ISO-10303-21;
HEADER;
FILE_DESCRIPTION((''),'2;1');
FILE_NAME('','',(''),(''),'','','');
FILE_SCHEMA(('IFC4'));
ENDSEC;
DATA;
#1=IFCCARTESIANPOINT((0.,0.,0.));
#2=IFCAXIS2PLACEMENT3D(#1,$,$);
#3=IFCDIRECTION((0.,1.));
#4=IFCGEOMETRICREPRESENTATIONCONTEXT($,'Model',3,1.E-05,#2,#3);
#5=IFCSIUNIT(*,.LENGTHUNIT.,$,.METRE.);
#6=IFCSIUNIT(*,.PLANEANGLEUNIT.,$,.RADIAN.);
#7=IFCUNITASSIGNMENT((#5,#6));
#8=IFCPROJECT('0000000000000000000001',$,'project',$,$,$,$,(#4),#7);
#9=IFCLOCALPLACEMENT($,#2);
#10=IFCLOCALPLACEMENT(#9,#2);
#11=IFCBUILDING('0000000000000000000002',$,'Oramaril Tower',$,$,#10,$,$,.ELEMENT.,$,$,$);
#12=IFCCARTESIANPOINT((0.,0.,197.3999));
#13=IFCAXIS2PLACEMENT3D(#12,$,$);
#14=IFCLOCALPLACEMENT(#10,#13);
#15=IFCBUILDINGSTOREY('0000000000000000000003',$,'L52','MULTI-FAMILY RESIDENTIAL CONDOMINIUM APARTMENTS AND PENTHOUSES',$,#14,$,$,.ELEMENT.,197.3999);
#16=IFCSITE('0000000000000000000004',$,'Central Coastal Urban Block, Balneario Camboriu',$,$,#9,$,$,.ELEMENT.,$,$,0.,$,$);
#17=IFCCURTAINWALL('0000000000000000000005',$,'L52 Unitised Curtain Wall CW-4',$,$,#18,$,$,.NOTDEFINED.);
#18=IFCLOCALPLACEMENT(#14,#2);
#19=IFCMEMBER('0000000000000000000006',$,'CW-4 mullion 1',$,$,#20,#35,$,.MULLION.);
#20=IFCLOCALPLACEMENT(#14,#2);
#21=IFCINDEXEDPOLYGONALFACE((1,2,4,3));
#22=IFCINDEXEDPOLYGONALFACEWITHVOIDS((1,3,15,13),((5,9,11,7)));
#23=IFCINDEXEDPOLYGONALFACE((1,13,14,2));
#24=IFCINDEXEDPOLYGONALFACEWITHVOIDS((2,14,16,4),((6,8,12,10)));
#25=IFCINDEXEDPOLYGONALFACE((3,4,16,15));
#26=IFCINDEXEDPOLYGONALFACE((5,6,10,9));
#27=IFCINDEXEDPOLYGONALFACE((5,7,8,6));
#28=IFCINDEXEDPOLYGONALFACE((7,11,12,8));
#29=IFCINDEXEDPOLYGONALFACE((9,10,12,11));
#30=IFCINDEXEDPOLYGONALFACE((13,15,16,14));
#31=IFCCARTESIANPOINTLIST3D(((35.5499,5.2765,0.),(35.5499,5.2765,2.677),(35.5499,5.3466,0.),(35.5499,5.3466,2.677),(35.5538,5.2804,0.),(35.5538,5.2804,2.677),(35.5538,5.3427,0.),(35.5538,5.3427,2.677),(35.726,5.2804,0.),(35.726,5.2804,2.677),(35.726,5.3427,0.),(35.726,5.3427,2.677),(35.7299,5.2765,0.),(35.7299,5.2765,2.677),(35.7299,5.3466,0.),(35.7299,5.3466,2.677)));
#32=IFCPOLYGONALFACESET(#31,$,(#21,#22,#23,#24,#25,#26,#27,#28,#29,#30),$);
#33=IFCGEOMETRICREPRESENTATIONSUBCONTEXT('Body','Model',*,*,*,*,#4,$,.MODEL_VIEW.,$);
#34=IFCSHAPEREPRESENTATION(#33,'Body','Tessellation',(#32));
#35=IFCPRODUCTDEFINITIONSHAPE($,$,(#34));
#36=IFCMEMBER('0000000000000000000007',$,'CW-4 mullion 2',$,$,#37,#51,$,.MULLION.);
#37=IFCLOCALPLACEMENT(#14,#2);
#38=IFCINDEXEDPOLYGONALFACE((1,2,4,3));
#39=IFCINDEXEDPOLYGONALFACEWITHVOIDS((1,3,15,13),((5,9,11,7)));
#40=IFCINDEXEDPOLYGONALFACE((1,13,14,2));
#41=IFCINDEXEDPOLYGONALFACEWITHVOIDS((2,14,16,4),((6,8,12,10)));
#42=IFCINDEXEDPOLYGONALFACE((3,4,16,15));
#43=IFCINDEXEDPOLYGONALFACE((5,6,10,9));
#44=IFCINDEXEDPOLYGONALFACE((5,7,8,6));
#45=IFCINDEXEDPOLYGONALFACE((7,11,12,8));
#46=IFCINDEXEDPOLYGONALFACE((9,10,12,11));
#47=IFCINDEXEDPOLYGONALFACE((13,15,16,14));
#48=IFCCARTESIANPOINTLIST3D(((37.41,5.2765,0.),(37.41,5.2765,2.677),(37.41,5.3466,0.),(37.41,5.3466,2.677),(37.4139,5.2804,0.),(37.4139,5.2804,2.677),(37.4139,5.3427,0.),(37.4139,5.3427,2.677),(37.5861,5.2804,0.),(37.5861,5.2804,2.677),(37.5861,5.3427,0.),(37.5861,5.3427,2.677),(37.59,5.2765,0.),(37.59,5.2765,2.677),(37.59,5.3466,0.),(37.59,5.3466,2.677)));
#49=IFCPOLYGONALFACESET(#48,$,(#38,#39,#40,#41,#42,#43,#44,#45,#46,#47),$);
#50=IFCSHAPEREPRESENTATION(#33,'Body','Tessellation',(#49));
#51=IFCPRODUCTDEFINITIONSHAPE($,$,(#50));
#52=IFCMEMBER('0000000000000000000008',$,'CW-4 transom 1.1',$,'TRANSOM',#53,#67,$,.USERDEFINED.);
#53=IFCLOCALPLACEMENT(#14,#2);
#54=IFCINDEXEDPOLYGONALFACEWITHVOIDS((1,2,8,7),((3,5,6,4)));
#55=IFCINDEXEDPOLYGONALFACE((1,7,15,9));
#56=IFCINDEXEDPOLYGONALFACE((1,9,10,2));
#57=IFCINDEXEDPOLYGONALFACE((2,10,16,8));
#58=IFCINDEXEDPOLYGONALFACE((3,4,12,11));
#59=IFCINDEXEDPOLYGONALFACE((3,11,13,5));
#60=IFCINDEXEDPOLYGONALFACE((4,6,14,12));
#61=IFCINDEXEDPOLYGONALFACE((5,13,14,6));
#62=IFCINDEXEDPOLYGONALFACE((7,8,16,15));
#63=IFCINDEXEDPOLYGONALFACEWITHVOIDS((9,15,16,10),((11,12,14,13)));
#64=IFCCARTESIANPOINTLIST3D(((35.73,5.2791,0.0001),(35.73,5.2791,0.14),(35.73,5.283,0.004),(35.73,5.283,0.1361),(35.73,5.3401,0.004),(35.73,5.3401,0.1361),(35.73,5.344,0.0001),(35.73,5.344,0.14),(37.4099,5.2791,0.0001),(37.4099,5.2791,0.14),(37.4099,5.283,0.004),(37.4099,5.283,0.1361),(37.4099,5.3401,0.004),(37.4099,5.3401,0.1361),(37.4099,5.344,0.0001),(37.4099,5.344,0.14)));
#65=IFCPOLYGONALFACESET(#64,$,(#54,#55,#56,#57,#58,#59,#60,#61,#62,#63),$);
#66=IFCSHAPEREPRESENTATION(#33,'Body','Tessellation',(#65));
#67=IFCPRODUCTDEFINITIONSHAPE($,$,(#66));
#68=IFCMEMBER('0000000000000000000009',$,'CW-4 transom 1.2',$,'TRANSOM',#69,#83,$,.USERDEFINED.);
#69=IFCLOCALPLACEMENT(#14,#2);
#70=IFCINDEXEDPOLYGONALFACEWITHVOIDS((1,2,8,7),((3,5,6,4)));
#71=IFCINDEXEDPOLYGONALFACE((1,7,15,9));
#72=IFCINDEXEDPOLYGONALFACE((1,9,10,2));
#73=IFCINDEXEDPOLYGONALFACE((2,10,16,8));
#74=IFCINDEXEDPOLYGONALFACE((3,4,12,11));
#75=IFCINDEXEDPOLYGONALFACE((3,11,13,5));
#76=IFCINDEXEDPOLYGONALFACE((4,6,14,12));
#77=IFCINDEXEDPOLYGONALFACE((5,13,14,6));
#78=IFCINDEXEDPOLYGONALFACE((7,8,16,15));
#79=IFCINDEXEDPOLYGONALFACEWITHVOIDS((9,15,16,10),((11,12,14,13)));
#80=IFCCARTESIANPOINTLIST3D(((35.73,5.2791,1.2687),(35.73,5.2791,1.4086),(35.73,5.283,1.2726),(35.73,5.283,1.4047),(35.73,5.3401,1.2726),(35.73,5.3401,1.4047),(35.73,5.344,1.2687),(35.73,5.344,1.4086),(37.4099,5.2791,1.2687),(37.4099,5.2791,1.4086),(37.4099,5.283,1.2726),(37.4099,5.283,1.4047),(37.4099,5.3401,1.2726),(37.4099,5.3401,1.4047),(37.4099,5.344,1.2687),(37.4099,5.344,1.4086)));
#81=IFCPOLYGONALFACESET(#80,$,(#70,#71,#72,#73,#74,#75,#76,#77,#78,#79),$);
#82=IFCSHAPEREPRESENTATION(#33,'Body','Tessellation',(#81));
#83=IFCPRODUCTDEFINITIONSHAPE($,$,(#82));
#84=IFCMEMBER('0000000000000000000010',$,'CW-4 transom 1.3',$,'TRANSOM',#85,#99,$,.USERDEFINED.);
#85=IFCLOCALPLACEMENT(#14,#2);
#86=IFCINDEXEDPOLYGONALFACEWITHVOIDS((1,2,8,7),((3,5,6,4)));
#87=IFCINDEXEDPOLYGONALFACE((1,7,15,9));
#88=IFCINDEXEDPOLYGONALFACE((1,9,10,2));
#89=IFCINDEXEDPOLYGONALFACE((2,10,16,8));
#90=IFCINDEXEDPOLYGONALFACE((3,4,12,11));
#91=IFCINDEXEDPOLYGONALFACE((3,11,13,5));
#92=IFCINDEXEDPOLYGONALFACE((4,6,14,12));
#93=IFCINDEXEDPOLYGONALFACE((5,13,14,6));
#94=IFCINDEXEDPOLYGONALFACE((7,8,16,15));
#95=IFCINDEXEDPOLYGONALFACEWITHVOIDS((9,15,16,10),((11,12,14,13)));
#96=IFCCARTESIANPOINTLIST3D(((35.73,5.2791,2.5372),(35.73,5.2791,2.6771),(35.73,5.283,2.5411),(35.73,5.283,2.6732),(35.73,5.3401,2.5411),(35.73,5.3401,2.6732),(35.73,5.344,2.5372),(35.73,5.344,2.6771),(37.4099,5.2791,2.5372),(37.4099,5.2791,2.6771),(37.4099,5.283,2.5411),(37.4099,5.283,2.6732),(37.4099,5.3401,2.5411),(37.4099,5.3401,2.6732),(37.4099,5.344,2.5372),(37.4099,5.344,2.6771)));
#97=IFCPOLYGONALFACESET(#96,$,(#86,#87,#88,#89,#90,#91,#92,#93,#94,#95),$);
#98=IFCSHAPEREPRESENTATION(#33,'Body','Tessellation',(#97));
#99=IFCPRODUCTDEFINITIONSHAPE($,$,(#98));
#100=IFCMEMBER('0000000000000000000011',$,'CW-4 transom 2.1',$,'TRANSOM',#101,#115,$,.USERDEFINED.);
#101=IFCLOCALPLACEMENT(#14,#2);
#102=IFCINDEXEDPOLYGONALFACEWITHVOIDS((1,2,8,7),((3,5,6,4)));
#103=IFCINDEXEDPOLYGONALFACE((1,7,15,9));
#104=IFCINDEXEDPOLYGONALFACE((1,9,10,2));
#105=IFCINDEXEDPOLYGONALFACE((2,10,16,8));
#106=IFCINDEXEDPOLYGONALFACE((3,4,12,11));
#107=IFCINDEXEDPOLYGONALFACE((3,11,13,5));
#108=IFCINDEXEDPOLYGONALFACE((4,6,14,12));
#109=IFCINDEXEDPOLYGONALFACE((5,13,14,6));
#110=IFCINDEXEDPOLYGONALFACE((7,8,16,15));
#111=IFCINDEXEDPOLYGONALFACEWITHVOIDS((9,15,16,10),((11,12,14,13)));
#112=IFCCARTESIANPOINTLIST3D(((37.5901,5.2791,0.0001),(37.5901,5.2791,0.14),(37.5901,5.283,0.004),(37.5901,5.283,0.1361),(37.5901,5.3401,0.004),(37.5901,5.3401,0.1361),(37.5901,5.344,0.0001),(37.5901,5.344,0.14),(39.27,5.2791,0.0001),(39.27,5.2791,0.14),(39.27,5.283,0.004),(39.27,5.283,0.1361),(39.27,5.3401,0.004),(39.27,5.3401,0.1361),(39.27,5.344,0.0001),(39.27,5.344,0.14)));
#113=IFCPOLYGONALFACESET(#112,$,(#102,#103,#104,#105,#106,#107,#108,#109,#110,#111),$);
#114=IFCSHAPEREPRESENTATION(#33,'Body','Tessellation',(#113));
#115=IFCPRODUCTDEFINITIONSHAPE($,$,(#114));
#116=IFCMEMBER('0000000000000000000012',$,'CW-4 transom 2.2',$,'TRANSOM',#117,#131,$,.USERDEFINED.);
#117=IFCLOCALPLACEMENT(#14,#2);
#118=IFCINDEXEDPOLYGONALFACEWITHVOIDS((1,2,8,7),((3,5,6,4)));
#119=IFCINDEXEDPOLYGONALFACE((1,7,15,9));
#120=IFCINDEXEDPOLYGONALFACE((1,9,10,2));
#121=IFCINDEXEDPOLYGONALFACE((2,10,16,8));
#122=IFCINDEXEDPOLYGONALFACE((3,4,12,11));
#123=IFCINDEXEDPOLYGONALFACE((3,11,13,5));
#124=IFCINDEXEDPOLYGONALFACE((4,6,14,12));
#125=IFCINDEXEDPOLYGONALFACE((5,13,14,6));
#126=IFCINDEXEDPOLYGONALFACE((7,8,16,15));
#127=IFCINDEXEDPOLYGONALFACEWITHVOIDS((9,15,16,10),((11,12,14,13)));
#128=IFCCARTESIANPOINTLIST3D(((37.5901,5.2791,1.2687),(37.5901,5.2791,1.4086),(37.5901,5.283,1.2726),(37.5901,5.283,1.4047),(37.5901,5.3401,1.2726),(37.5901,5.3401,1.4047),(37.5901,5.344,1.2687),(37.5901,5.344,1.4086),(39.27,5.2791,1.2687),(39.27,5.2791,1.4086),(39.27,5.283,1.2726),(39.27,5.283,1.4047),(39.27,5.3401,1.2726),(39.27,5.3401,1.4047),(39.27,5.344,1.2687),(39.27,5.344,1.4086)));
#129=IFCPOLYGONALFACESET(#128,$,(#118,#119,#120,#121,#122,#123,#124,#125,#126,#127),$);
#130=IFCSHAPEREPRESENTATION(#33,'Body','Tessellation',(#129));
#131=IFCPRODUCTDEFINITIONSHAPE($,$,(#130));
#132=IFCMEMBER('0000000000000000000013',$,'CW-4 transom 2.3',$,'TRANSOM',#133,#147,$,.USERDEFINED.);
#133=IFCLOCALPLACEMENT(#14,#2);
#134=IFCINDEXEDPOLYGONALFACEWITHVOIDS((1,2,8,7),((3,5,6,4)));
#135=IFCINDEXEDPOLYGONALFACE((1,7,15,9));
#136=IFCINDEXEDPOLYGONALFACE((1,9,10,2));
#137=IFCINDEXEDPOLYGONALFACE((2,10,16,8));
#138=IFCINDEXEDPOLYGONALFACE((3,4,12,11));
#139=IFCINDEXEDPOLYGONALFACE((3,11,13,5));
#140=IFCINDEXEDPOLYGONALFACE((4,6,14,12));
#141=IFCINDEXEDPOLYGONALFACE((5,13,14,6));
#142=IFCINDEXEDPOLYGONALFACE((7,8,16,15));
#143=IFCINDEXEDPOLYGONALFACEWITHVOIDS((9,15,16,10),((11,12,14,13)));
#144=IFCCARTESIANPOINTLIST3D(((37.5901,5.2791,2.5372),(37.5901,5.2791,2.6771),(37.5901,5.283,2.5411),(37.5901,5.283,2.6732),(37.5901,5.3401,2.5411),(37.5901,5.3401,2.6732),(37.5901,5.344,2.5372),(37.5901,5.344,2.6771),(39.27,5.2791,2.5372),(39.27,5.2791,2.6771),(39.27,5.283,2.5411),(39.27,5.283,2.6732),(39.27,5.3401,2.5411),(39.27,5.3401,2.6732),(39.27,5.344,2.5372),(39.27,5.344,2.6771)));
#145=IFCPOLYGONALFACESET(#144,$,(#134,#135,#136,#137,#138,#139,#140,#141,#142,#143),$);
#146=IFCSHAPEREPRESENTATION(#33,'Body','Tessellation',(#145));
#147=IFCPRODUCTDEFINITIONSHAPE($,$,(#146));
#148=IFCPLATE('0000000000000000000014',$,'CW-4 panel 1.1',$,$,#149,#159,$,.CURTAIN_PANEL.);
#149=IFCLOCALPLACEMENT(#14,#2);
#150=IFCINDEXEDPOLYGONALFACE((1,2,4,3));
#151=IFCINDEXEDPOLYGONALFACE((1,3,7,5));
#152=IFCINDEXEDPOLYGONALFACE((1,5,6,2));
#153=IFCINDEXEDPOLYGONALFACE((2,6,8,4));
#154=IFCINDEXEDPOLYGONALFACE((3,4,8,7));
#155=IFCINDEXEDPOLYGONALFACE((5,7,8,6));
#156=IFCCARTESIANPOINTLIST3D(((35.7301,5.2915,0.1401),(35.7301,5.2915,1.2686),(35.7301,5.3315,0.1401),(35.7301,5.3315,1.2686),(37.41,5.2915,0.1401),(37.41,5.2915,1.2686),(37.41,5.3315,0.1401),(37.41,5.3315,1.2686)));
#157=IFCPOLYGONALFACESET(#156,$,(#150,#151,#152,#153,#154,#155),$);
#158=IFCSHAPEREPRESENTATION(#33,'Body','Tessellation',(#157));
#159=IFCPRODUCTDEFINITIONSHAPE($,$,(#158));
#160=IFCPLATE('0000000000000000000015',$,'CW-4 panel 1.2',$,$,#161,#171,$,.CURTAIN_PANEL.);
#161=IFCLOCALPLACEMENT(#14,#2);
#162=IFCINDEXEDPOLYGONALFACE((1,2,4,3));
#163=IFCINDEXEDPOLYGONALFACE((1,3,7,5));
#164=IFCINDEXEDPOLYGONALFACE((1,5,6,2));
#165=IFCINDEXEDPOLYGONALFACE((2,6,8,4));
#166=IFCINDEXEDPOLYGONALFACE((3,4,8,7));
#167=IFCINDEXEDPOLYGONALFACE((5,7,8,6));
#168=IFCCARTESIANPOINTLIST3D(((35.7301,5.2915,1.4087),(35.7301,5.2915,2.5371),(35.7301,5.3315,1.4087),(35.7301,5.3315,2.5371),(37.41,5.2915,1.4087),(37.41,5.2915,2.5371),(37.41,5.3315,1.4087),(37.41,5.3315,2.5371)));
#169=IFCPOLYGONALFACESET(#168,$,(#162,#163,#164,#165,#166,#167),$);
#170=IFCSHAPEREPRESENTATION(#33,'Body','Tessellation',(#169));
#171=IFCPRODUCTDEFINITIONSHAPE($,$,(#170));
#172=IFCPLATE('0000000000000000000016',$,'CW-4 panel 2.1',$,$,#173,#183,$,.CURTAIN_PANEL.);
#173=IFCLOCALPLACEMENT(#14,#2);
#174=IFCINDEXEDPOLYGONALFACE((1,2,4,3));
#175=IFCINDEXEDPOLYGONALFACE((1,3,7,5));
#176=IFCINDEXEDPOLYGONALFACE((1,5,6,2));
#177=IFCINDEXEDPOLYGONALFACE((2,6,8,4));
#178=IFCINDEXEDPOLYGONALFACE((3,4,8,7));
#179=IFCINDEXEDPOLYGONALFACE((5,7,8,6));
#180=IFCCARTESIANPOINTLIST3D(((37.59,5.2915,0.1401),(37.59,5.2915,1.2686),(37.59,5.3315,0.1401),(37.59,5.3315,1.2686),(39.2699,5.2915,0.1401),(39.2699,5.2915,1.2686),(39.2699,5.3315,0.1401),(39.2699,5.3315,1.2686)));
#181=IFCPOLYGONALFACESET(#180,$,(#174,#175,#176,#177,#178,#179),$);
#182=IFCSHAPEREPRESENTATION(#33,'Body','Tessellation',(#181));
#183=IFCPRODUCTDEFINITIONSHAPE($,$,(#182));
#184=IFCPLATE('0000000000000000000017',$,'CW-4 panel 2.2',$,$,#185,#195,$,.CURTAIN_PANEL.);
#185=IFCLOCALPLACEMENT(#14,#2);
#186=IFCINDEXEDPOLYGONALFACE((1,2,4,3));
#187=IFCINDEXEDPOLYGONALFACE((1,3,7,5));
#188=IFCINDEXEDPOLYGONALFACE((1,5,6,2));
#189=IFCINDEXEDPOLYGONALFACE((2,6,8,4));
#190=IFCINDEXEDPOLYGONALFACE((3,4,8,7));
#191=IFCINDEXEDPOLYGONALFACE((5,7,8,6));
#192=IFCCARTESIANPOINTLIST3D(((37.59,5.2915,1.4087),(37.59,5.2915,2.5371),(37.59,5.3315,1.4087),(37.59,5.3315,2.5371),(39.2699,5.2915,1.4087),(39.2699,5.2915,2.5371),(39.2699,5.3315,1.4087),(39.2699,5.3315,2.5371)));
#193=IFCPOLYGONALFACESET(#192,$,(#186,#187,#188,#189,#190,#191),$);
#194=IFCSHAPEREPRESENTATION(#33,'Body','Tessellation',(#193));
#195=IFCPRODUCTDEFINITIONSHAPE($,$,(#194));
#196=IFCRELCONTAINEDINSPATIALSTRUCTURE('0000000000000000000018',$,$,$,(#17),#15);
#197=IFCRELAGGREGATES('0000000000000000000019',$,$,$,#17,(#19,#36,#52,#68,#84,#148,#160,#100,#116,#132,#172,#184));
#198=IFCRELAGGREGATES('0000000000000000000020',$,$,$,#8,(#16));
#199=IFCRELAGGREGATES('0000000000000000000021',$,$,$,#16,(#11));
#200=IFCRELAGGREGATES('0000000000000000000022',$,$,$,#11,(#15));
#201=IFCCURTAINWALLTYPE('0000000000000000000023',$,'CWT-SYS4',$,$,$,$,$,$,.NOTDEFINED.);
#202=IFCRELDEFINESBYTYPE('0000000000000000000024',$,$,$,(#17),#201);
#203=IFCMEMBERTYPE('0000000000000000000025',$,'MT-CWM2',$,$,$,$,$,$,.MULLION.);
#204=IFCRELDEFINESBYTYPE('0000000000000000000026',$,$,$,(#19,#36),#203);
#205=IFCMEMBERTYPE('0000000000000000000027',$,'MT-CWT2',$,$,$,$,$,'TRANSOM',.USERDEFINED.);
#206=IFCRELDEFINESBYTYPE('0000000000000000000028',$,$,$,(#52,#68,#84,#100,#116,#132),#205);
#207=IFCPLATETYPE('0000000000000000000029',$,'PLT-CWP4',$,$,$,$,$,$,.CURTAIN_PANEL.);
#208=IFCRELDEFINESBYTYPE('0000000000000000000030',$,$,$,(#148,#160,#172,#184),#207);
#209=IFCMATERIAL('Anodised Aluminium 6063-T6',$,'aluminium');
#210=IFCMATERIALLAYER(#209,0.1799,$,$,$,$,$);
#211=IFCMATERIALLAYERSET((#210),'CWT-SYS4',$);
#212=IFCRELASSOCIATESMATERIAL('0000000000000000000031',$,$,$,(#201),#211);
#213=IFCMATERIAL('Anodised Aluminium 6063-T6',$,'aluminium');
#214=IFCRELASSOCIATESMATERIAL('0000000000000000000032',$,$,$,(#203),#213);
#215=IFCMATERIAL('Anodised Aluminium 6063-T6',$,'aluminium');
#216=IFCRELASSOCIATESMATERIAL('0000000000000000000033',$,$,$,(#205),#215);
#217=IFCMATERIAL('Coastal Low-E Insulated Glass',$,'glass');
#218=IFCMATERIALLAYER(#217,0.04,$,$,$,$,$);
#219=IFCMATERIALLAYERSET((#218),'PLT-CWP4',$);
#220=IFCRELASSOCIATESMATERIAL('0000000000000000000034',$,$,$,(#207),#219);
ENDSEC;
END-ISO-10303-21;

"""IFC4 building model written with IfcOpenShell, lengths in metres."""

from ifc_helpers import new_model, si_unit, direction, frame, origin, origin_2d, place, context, subcontext, project, spatial, rectangle, hollow_rectangle, extrude, material, layer, layer_set, material_profile, profile_set, type_object, element, aggregate, save


model = new_model("IFC4")

# Units and contexts
model_context = context("Model", 3, precision=1e-05, world=origin(), true_north=direction((0.0, 1.0)))
body_context = subcontext(model_context, "Body", "Model", "MODEL_VIEW")
ifc_project = project(units=[si_unit("LENGTHUNIT", "METRE"), si_unit("PLANEANGLEUNIT", "RADIAN")], contexts=[model_context])

# Site, building, storey
site_placement = place(None, origin())
site = spatial("IfcSite", under=ifc_project, at=site_placement, Name="Central Coastal Urban Block, Balneario Camboriu", CompositionType="ELEMENT", RefElevation=0.0)
building_placement = place(site_placement, origin())
building = spatial("IfcBuilding", under=site, at=building_placement, Name="Oramaril Tower", CompositionType="ELEMENT")
storey_placement = place(building_placement, frame((0.0, 0.0, 197.3999)))
storey = spatial("IfcBuildingStorey", under=building, at=storey_placement, Name="L52", Description="MULTI-FAMILY RESIDENTIAL CONDOMINIUM APARTMENTS AND PENTHOUSES", CompositionType="ELEMENT", Elevation=197.3999)

# Curtain wall, members, plates
ifc_material_1 = material(Name="Anodised Aluminium 6063-T6", Category="aluminium")
ifc_layer_1 = layer(ifc_material_1, 0.1799)
ifc_layer_set_1 = layer_set([ifc_layer_1], Name="CWT-SYS4")
curtain_wall_type = type_object("IfcCurtainWallType", Name="CWT-SYS4", PredefinedType="NOTDEFINED", material=ifc_layer_set_1)
curtain_wall_placement = place(storey_placement, origin())
curtain_wall = element("IfcCurtainWall", 1, at=curtain_wall_placement, inside=storey, type_object=curtain_wall_type, Name="L52 Unitised Curtain Wall CW-4", PredefinedType="NOTDEFINED")
ifc_material_2 = material(Name="Anodised Aluminium 6063-T6", Category="aluminium")
ifc_material_profile_1 = material_profile(ifc_material_2, hollow_rectangle(XDim=0.0701, YDim=0.1799, WallThickness=0.0039, at=origin_2d()), Name="CWM180X70")
ifc_profile_set_1 = profile_set([ifc_material_profile_1], Name="Anodised Aluminium 6063-T6")
member_type_1 = type_object("IfcMemberType", Name="MT-CWM2", PredefinedType="MULLION", material=ifc_profile_set_1)
member_1_placement = place(storey_placement, frame((35.6399, 5.3115, 0.0), z_axis=(0.0, 0.0, 1.0), x_axis=(0.0, 1.0, 0.0)))
member_1 = element("IfcMember", 2, at=member_1_placement, type_object=member_type_1, Name="CW-4 mullion 1", PredefinedType="MULLION", context=body_context, shape_type="SweptSolid", body=[
    extrude(hollow_rectangle(XDim=0.0701, YDim=0.1799, WallThickness=0.0039, at=origin_2d()), origin(), (0.0, 0.0, 1.0), 2.677),
])
member_2_placement = place(storey_placement, frame((37.5, 5.3115, 0.0), z_axis=(0.0, 0.0, 1.0), x_axis=(0.0, 1.0, 0.0)))
member_2 = element("IfcMember", 3, at=member_2_placement, type_object=member_type_1, Name="CW-4 mullion 2", PredefinedType="MULLION", context=body_context, shape_type="SweptSolid", body=[
    extrude(hollow_rectangle(XDim=0.0701, YDim=0.1799, WallThickness=0.0039, at=origin_2d()), origin(), (0.0, 0.0, 1.0), 2.677),
])
ifc_material_3 = material(Name="Anodised Aluminium 6063-T6", Category="aluminium")
ifc_material_profile_2 = material_profile(ifc_material_3, hollow_rectangle(XDim=0.0649, YDim=0.1399, WallThickness=0.0039, at=origin_2d()), Name="CWT140X65")
ifc_profile_set_2 = profile_set([ifc_material_profile_2], Name="Anodised Aluminium 6063-T6")
member_type_2 = type_object("IfcMemberType", Name="MT-CWT2", ElementType="TRANSOM", PredefinedType="USERDEFINED", material=ifc_profile_set_2)
member_3_placement = place(storey_placement, frame((35.73, 5.3115, 0.0701), z_axis=(1.0, 0.0, 0.0), x_axis=(0.0, 1.0, 0.0)))
member_3 = element("IfcMember", 4, at=member_3_placement, type_object=member_type_2, Name="CW-4 transom 1.1", ObjectType="TRANSOM", PredefinedType="USERDEFINED", context=body_context, shape_type="SweptSolid", body=[
    extrude(hollow_rectangle(XDim=0.0649, YDim=0.1399, WallThickness=0.0039, at=origin_2d()), origin(), (0.0, 0.0, 1.0), 1.6799),
])
member_4_placement = place(storey_placement, frame((35.73, 5.3115, 1.3386), z_axis=(1.0, 0.0, 0.0), x_axis=(0.0, 1.0, 0.0)))
member_4 = element("IfcMember", 5, at=member_4_placement, type_object=member_type_2, Name="CW-4 transom 1.2", ObjectType="TRANSOM", PredefinedType="USERDEFINED", context=body_context, shape_type="SweptSolid", body=[
    extrude(hollow_rectangle(XDim=0.0649, YDim=0.1399, WallThickness=0.0039, at=origin_2d()), origin(), (0.0, 0.0, 1.0), 1.6799),
])
member_5_placement = place(storey_placement, frame((35.73, 5.3115, 2.6072), z_axis=(1.0, 0.0, 0.0), x_axis=(0.0, 1.0, 0.0)))
member_5 = element("IfcMember", 6, at=member_5_placement, type_object=member_type_2, Name="CW-4 transom 1.3", ObjectType="TRANSOM", PredefinedType="USERDEFINED", context=body_context, shape_type="SweptSolid", body=[
    extrude(hollow_rectangle(XDim=0.0649, YDim=0.1399, WallThickness=0.0039, at=origin_2d()), origin(), (0.0, 0.0, 1.0), 1.6799),
])
member_6_placement = place(storey_placement, frame((37.5901, 5.3115, 0.0701), z_axis=(1.0, 0.0, 0.0), x_axis=(0.0, 1.0, 0.0)))
member_6 = element("IfcMember", 7, at=member_6_placement, type_object=member_type_2, Name="CW-4 transom 2.1", ObjectType="TRANSOM", PredefinedType="USERDEFINED", context=body_context, shape_type="SweptSolid", body=[
    extrude(hollow_rectangle(XDim=0.0649, YDim=0.1399, WallThickness=0.0039, at=origin_2d()), origin(), (0.0, 0.0, 1.0), 1.6799),
])
member_7_placement = place(storey_placement, frame((37.5901, 5.3115, 1.3386), z_axis=(1.0, 0.0, 0.0), x_axis=(0.0, 1.0, 0.0)))
member_7 = element("IfcMember", 8, at=member_7_placement, type_object=member_type_2, Name="CW-4 transom 2.2", ObjectType="TRANSOM", PredefinedType="USERDEFINED", context=body_context, shape_type="SweptSolid", body=[
    extrude(hollow_rectangle(XDim=0.0649, YDim=0.1399, WallThickness=0.0039, at=origin_2d()), origin(), (0.0, 0.0, 1.0), 1.6799),
])
member_8_placement = place(storey_placement, frame((37.5901, 5.3115, 2.6072), z_axis=(1.0, 0.0, 0.0), x_axis=(0.0, 1.0, 0.0)))
member_8 = element("IfcMember", 9, at=member_8_placement, type_object=member_type_2, Name="CW-4 transom 2.3", ObjectType="TRANSOM", PredefinedType="USERDEFINED", context=body_context, shape_type="SweptSolid", body=[
    extrude(hollow_rectangle(XDim=0.0649, YDim=0.1399, WallThickness=0.0039, at=origin_2d()), origin(), (0.0, 0.0, 1.0), 1.6799),
])
ifc_material_4 = material(Name="Coastal Low-E Insulated Glass", Category="glass")
ifc_layer_2 = layer(ifc_material_4, 0.04)
ifc_layer_set_2 = layer_set([ifc_layer_2], Name="PLT-CWP4")
plate_type = type_object("IfcPlateType", Name="PLT-CWP4", PredefinedType="CURTAIN_PANEL", material=ifc_layer_set_2)
plate_1_placement = place(storey_placement, frame((36.5701, 5.3115, 0.1401), z_axis=(0.0, 0.0, 1.0), x_axis=(1.0, 0.0, 0.0)))
plate_1 = element("IfcPlate", 10, at=plate_1_placement, type_object=plate_type, Name="CW-4 panel 1.1", PredefinedType="CURTAIN_PANEL", context=body_context, shape_type="SweptSolid", body=[
    extrude(rectangle(XDim=1.6799, YDim=0.04, at=origin_2d()), origin(), (0.0, 0.0, 1.0), 1.1284),
])
plate_2_placement = place(storey_placement, frame((36.5701, 5.3115, 1.4087), z_axis=(0.0, 0.0, 1.0), x_axis=(1.0, 0.0, 0.0)))
plate_2 = element("IfcPlate", 11, at=plate_2_placement, type_object=plate_type, Name="CW-4 panel 1.2", PredefinedType="CURTAIN_PANEL", context=body_context, shape_type="SweptSolid", body=[
    extrude(rectangle(XDim=1.6799, YDim=0.04, at=origin_2d()), origin(), (0.0, 0.0, 1.0), 1.1284),
])
plate_3_placement = place(storey_placement, frame((38.4299, 5.3115, 0.1401), z_axis=(0.0, 0.0, 1.0), x_axis=(1.0, 0.0, 0.0)))
plate_3 = element("IfcPlate", 12, at=plate_3_placement, type_object=plate_type, Name="CW-4 panel 2.1", PredefinedType="CURTAIN_PANEL", context=body_context, shape_type="SweptSolid", body=[
    extrude(rectangle(XDim=1.6799, YDim=0.04, at=origin_2d()), origin(), (0.0, 0.0, 1.0), 1.1284),
])
plate_4_placement = place(storey_placement, frame((38.4299, 5.3115, 1.4087), z_axis=(0.0, 0.0, 1.0), x_axis=(1.0, 0.0, 0.0)))
plate_4 = element("IfcPlate", 13, at=plate_4_placement, type_object=plate_type, Name="CW-4 panel 2.2", PredefinedType="CURTAIN_PANEL", context=body_context, shape_type="SweptSolid", body=[
    extrude(rectangle(XDim=1.6799, YDim=0.04, at=origin_2d()), origin(), (0.0, 0.0, 1.0), 1.1284),
])
aggregate(curtain_wall, [member_1, member_2, member_3, member_4, member_5, plate_1, plate_2, member_6, member_7, member_8, plate_3, plate_4])

save(model, "model.ifc")
